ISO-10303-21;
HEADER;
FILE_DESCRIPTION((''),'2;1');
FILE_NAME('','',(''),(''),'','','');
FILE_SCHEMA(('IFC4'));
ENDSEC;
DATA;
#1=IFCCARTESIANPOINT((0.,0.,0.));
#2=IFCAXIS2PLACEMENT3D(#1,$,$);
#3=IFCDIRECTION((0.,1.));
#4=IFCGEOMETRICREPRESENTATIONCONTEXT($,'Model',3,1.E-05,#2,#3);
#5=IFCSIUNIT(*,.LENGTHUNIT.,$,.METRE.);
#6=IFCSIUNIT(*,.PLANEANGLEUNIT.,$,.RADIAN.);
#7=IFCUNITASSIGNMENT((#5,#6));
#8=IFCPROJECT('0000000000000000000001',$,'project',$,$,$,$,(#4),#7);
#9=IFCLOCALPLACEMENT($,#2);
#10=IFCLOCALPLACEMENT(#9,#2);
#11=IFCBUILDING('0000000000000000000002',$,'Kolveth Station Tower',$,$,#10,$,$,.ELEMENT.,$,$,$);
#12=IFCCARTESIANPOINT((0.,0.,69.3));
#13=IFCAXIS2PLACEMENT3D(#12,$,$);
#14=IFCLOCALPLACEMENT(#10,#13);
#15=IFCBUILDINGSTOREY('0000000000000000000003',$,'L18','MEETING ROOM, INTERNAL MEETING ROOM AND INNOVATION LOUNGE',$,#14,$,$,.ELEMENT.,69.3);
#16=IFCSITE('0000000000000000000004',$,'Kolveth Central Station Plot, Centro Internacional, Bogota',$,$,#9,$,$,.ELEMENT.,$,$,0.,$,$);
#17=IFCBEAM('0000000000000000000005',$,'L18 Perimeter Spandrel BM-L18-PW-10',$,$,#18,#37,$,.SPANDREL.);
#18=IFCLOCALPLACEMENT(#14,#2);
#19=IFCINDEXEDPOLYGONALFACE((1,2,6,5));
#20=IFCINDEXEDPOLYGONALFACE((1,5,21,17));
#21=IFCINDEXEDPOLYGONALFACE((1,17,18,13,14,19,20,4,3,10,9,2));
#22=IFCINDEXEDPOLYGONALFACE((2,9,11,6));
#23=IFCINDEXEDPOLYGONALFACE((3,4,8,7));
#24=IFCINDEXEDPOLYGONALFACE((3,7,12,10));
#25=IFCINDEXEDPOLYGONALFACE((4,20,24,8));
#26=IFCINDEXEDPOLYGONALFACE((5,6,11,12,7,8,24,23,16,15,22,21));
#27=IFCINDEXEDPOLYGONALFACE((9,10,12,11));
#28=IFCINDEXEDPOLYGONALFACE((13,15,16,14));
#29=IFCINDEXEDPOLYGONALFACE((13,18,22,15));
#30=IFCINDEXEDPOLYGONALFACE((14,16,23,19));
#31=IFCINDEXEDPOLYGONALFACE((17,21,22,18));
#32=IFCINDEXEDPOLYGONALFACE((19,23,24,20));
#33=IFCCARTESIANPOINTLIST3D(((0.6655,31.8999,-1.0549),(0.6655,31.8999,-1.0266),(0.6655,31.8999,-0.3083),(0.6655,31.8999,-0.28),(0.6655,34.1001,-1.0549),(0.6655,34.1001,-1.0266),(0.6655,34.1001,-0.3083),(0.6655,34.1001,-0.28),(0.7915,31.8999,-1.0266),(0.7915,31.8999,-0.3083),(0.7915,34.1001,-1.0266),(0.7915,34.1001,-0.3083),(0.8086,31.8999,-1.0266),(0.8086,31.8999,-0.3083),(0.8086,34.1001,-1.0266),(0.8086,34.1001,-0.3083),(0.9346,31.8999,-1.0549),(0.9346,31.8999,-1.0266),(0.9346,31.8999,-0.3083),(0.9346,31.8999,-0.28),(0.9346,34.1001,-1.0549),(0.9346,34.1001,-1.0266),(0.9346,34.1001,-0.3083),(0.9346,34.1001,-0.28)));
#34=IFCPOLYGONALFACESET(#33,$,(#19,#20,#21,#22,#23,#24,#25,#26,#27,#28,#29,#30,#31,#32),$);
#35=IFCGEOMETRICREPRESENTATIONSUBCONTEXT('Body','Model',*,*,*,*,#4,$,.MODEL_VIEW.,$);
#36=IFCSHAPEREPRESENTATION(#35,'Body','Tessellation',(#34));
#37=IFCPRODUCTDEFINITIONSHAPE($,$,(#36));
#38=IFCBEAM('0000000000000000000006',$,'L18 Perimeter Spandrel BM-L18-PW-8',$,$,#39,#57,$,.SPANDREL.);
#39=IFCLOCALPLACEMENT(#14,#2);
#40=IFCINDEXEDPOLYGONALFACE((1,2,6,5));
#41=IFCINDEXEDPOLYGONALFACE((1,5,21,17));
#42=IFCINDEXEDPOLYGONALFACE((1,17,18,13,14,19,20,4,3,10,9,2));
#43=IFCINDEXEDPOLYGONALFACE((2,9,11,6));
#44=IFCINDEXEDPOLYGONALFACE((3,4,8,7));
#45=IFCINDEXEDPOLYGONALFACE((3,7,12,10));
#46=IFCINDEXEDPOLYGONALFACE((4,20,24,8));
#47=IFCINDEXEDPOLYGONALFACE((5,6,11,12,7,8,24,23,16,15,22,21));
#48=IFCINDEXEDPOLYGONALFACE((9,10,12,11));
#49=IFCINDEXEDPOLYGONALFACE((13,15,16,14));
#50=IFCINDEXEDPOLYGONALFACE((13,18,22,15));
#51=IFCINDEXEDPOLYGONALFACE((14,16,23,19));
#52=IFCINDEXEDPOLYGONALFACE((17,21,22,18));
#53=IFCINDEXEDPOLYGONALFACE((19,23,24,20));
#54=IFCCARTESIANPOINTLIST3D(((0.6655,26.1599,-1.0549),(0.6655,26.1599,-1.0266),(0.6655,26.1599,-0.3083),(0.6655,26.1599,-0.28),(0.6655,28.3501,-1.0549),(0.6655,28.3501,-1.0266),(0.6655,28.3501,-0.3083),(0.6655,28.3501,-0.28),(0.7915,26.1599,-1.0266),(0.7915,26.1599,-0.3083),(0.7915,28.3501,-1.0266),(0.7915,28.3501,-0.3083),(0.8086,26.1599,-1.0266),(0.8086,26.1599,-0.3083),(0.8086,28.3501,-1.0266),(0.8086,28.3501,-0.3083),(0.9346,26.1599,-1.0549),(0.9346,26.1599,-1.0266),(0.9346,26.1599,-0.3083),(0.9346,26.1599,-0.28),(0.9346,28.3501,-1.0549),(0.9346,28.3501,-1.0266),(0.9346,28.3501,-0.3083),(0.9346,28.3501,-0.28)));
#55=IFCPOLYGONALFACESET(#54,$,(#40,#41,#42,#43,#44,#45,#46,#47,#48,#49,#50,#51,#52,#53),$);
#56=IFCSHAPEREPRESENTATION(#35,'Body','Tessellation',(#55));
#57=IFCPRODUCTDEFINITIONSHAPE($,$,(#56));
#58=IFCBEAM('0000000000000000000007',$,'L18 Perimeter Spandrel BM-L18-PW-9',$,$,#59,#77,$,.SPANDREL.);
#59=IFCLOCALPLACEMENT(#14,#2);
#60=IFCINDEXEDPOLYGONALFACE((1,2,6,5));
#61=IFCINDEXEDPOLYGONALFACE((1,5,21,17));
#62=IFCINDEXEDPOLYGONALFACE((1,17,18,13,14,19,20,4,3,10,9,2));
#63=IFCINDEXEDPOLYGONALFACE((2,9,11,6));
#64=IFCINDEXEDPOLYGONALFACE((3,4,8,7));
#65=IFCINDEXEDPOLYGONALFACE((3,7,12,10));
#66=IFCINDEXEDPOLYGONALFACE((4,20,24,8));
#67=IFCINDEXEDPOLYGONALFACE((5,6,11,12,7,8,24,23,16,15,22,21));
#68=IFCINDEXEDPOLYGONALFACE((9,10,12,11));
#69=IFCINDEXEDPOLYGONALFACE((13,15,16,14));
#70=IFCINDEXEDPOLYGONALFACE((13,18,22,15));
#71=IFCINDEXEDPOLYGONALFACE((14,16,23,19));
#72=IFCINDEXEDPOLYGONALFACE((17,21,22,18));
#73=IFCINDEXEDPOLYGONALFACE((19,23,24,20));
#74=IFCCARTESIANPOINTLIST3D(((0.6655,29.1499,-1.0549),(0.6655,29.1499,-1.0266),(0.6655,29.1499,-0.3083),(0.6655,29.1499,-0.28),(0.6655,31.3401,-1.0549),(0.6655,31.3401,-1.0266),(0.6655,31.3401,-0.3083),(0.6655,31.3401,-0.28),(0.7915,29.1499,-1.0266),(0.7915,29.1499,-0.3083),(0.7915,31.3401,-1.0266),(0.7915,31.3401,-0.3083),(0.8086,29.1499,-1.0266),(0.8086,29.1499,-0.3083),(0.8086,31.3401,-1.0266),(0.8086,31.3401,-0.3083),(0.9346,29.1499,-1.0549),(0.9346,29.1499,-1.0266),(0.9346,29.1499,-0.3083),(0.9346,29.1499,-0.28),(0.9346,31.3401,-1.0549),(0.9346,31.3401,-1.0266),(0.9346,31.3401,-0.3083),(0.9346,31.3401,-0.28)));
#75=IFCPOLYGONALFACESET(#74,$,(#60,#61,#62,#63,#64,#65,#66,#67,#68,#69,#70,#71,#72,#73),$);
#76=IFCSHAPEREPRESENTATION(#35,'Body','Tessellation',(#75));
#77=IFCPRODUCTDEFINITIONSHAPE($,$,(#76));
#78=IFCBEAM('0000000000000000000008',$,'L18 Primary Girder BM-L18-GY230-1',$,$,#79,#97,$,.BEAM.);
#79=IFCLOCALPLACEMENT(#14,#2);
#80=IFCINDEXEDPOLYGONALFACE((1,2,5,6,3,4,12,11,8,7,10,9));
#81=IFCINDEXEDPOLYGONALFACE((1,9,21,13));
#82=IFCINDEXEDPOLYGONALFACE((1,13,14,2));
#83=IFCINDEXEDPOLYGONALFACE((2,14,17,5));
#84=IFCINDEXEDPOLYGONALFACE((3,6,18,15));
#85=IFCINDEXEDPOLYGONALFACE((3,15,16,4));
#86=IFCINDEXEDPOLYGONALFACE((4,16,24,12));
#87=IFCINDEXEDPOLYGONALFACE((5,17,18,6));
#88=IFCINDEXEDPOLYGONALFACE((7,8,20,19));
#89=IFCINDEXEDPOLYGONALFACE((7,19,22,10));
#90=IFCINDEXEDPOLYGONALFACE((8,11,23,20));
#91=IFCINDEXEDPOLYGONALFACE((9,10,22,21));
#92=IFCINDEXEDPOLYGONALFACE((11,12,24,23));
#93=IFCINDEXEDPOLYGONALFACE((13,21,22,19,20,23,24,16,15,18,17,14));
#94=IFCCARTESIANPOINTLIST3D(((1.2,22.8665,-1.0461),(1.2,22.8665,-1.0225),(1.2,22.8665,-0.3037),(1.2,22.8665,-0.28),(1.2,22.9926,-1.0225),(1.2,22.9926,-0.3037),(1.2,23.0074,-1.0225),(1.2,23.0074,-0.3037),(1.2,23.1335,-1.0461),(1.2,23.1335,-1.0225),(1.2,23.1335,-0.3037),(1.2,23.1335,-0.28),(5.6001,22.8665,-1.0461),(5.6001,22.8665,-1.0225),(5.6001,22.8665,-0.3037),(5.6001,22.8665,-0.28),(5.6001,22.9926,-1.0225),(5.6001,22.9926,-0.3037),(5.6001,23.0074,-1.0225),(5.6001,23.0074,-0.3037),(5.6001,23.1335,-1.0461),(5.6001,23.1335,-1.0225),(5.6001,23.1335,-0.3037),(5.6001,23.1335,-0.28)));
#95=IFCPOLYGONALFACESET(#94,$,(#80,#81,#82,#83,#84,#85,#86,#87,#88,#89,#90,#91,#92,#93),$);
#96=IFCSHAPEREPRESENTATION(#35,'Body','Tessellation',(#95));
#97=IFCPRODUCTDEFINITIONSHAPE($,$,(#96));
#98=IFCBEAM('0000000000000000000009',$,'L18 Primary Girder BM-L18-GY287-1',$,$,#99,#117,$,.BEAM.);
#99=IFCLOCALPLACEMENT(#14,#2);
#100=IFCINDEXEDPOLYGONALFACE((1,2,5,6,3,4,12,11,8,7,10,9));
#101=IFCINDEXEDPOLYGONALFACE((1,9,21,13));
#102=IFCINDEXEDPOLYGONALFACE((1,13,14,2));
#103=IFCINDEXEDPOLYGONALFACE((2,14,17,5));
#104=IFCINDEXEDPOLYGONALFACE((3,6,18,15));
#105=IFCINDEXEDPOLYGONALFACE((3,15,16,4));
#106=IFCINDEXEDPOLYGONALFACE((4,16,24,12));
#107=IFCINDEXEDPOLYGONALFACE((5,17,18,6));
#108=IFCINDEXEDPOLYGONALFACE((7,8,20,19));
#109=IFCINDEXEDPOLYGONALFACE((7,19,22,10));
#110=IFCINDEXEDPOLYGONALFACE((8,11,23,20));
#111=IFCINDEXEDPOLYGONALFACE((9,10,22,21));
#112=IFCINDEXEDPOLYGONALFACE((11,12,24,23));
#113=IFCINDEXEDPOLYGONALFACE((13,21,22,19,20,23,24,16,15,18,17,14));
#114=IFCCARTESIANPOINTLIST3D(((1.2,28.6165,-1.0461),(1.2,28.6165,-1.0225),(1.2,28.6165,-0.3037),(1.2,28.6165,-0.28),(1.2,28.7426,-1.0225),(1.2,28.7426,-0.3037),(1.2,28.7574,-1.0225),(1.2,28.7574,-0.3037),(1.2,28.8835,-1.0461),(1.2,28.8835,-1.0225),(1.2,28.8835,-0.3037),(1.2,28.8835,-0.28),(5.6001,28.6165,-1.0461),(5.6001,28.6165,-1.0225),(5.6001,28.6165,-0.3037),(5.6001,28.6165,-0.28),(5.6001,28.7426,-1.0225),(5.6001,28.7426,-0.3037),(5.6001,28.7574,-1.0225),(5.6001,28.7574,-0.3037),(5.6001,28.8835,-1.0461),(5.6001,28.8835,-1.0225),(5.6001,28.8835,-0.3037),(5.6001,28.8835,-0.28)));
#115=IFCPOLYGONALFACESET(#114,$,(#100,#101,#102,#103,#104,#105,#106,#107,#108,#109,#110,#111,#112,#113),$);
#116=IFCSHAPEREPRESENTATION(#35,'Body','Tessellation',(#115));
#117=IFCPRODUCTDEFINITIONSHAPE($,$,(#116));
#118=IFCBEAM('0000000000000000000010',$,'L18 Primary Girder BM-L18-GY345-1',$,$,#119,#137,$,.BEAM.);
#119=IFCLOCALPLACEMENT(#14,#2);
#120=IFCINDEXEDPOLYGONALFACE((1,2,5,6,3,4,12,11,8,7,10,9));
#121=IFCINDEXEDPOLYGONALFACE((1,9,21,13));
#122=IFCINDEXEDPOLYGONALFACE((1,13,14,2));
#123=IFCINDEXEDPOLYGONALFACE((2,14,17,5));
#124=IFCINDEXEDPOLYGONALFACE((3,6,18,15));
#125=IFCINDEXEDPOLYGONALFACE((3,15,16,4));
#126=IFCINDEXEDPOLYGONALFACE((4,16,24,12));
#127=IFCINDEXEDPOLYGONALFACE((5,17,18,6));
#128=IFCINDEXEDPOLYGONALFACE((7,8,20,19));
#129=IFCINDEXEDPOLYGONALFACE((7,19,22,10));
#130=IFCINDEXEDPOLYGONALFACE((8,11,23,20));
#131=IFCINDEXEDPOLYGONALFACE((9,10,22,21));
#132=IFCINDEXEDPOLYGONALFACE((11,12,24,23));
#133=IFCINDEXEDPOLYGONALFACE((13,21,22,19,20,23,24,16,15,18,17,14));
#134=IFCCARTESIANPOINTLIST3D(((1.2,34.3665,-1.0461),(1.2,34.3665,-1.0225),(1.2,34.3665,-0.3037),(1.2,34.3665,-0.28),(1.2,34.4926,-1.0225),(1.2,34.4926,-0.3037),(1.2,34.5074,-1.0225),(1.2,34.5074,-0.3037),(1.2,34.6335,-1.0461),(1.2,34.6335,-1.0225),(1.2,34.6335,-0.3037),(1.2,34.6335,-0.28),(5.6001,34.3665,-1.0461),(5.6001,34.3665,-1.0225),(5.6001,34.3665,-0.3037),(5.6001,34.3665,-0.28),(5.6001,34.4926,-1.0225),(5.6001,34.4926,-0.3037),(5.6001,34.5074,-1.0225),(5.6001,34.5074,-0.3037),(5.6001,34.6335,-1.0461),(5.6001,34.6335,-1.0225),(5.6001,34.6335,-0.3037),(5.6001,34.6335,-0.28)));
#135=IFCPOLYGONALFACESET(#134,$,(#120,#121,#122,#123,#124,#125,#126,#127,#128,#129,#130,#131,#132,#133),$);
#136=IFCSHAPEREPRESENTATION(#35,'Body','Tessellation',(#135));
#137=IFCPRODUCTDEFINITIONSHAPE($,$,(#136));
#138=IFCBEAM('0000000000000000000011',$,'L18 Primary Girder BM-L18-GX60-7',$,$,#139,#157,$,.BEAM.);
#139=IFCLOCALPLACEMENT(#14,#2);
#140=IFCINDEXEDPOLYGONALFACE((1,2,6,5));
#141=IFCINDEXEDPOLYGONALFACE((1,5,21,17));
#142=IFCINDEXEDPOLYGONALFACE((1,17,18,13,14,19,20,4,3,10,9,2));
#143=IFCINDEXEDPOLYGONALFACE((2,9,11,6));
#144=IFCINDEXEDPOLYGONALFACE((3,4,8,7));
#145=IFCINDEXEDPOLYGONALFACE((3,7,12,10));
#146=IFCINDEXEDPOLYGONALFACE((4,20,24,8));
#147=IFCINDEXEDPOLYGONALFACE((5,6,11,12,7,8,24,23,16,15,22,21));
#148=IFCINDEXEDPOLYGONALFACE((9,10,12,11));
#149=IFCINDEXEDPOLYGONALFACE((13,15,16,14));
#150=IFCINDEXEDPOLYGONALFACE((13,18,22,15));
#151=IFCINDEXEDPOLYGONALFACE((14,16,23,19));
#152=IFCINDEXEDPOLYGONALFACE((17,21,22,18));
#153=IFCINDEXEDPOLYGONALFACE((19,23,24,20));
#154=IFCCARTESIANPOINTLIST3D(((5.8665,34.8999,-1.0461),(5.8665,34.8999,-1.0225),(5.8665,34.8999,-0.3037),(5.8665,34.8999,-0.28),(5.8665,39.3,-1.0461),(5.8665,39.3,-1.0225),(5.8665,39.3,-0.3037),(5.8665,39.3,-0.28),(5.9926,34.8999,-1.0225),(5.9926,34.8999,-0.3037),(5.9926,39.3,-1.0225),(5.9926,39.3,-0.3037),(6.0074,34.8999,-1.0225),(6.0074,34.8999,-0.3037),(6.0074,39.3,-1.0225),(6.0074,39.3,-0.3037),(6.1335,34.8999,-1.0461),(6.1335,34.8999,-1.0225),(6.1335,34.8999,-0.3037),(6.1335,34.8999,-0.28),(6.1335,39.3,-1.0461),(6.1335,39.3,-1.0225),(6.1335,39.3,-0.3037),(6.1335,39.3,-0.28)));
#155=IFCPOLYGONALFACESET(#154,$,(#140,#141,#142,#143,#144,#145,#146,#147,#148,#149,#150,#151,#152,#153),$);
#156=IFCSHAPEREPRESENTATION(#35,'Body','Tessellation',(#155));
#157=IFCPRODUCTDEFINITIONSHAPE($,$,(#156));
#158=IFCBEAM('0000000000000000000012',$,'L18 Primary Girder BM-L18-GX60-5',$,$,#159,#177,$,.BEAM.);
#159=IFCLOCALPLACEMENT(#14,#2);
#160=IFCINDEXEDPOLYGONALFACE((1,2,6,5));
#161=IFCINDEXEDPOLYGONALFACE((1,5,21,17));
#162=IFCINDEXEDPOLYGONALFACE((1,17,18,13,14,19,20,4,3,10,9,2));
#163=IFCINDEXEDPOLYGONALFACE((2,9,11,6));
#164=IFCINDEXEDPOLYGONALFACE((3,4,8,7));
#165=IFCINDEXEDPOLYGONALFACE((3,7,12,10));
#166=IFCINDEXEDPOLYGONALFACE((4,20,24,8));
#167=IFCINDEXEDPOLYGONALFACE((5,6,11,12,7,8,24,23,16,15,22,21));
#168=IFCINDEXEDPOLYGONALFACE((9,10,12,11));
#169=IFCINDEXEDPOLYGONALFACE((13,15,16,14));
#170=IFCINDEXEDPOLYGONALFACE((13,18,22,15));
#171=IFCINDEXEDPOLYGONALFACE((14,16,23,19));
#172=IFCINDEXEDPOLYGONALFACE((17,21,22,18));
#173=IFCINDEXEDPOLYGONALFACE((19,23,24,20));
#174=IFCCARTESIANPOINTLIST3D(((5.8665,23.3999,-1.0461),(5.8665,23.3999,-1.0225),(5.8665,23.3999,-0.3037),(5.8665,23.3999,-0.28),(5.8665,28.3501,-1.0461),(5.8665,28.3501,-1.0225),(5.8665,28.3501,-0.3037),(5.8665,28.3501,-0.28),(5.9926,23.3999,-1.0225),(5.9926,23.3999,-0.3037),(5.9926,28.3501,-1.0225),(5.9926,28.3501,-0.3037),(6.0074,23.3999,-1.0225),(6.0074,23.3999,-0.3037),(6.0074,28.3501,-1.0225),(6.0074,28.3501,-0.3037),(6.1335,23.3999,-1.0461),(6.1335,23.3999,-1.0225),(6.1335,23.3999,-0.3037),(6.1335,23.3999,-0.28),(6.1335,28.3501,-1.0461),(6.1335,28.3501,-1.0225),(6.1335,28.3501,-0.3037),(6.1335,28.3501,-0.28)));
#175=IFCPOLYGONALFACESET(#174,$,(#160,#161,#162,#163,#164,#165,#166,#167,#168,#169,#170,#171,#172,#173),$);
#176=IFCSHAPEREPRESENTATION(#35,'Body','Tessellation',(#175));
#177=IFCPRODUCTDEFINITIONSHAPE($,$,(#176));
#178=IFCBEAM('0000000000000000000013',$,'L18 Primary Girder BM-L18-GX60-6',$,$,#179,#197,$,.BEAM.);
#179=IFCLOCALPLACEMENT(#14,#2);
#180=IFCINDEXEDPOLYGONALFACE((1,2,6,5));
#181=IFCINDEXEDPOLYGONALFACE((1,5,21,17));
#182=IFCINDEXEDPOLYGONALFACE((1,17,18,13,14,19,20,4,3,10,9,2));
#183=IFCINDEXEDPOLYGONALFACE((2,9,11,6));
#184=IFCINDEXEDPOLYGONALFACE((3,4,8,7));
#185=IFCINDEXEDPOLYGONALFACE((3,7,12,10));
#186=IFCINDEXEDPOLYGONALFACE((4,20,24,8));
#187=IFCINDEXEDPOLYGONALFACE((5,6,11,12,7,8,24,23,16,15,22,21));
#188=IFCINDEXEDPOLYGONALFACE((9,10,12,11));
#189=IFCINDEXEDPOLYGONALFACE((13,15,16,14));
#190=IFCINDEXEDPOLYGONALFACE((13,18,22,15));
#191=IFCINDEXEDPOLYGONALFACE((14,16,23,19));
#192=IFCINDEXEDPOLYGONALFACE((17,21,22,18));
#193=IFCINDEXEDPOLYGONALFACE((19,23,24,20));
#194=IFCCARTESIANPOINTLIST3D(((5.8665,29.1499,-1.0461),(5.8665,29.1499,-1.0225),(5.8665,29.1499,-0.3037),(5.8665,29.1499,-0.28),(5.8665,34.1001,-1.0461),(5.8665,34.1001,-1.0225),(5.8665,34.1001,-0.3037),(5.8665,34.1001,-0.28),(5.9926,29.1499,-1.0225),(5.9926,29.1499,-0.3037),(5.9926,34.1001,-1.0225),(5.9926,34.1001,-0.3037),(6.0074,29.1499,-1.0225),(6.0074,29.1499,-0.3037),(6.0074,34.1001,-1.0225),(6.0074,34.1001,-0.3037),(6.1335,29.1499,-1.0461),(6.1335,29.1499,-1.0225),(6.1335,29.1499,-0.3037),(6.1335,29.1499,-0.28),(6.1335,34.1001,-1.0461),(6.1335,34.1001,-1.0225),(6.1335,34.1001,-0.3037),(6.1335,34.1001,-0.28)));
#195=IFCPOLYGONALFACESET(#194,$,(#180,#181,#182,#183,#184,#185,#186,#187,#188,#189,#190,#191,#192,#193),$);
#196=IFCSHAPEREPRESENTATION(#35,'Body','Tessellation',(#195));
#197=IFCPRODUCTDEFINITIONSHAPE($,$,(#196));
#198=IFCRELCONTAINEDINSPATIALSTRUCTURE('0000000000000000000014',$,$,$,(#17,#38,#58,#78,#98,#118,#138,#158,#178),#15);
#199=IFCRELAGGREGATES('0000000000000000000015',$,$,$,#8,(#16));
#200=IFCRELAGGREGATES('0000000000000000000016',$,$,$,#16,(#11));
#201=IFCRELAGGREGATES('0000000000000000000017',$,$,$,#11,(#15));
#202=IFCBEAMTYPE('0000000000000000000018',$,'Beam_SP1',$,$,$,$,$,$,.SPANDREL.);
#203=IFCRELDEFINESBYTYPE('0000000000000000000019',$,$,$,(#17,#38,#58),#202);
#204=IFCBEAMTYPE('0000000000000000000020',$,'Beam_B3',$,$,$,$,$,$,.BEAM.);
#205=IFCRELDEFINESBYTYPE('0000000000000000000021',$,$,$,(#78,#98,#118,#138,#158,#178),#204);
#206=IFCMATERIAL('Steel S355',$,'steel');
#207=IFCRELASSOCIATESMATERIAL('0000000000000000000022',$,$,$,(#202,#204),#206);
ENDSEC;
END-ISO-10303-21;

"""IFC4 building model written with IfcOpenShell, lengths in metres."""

from ifc_helpers import new_model, si_unit, direction, frame, origin, origin_2d, place, context, subcontext, project, spatial, i_section, extrude, source, transform, mapped, material, material_profile, profile_set, type_object, element, save


model = new_model("IFC4")

# Units and contexts
model_context = context("Model", 3, precision=1e-05, world=origin(), true_north=direction((0.0, 1.0)))
body_context = subcontext(model_context, "Body", "Model", "MODEL_VIEW")
ifc_project = project(units=[si_unit("LENGTHUNIT", "METRE"), si_unit("PLANEANGLEUNIT", "RADIAN")], contexts=[model_context])

# Site, building, storey
site_placement = place(None, origin())
site = spatial("IfcSite", under=ifc_project, at=site_placement, Name="Kolveth Central Station Plot, Centro Internacional, Bogota", CompositionType="ELEMENT", RefElevation=0.0)
building_placement = place(site_placement, origin())
building = spatial("IfcBuilding", under=site, at=building_placement, Name="Kolveth Station Tower", CompositionType="ELEMENT")
storey_placement = place(building_placement, frame((0.0, 0.0, 69.3)))
storey = spatial("IfcBuildingStorey", under=building, at=storey_placement, Name="L18", Description="MEETING ROOM, INTERNAL MEETING ROOM AND INNOVATION LOUNGE", CompositionType="ELEMENT", Elevation=69.3)

# Shared definitions
ifc_material_1 = material(Name="Steel S355", Category="steel")

# Beams
ifc_material_profile_1 = material_profile(ifc_material_1, i_section(OverallWidth=0.269, OverallDepth=0.7749, WebThickness=0.0171, FlangeThickness=0.0283, at=origin_2d()), Name="W760x220")
ifc_profile_set_1 = profile_set([ifc_material_profile_1], Name="Steel S355")
beam_type_1 = type_object("IfcBeamType", Name="Beam_SP1", PredefinedType="SPANDREL", material=ifc_profile_set_1)
shared_shape_1 = source(origin(), body_context, "Body", "SweptSolid", [
    extrude(i_section(OverallWidth=0.269, OverallDepth=0.7749, WebThickness=0.0171, FlangeThickness=0.0283, at=origin_2d()), origin(), (0.0, 0.0, 1.0), 2.2002),
])
for number, where, z_axis, x_axis, name in (
    (1, (0.8, 31.8999, -0.6675), (0.0, 1.0, 0.0), (-1.0, 0.0, 0.0), "L18 Perimeter Spandrel BM-L18-PW-10"),
):
    element("IfcBeam", number, at=place(storey_placement, frame(where, z_axis=z_axis, x_axis=x_axis)), inside=storey, type_object=beam_type_1, Name=name, PredefinedType="SPANDREL", context=body_context, shape_type="MappedRepresentation", body=[
        mapped(shared_shape_1, transform((0.0, 0.0, 0.0), x_axis=(1.0, 0.0, 0.0), y_axis=(0.0, 1.0, 0.0), z_axis=(0.0, 0.0, 1.0), scale=1.0)),
    ])
shared_shape_2 = source(origin(), body_context, "Body", "SweptSolid", [
    extrude(i_section(OverallWidth=0.269, OverallDepth=0.7749, WebThickness=0.0171, FlangeThickness=0.0283, at=origin_2d()), origin(), (0.0, 0.0, 1.0), 2.1902),
])
for number, where, z_axis, x_axis, name in (
    (2, (0.8, 26.1599, -0.6675), (0.0, 1.0, 0.0), (-1.0, 0.0, 0.0), "L18 Perimeter Spandrel BM-L18-PW-8"),
    (3, (0.8, 29.1499, -0.6675), (0.0, 1.0, 0.0), (-1.0, 0.0, 0.0), "L18 Perimeter Spandrel BM-L18-PW-9"),
):
    element("IfcBeam", number, at=place(storey_placement, frame(where, z_axis=z_axis, x_axis=x_axis)), inside=storey, type_object=beam_type_1, Name=name, PredefinedType="SPANDREL", context=body_context, shape_type="MappedRepresentation", body=[
        mapped(shared_shape_2, transform((0.0, 0.0, 0.0), x_axis=(1.0, 0.0, 0.0), y_axis=(0.0, 1.0, 0.0), z_axis=(0.0, 0.0, 1.0), scale=1.0)),
    ])
ifc_material_profile_2 = material_profile(ifc_material_1, i_section(OverallWidth=0.2671, OverallDepth=0.7661, WebThickness=0.0149, FlangeThickness=0.0237, at=origin_2d()), Name="W760x185")
ifc_profile_set_2 = profile_set([ifc_material_profile_2], Name="Steel S355")
beam_type_2 = type_object("IfcBeamType", Name="Beam_B3", PredefinedType="BEAM", material=ifc_profile_set_2)
shared_shape_3 = source(origin(), body_context, "Body", "SweptSolid", [
    extrude(i_section(OverallWidth=0.2671, OverallDepth=0.7661, WebThickness=0.0149, FlangeThickness=0.0237, at=origin_2d()), origin(), (0.0, 0.0, 1.0), 4.4001),
])
for number, where, z_axis, x_axis, name in (
    (4, (1.2, 23.0, -0.6631), (1.0, 0.0, 0.0), (0.0, 1.0, 0.0), "L18 Primary Girder BM-L18-GY230-1"),
    (5, (1.2, 28.75, -0.6631), (1.0, 0.0, 0.0), (0.0, 1.0, 0.0), "L18 Primary Girder BM-L18-GY287-1"),
    (6, (1.2, 34.5, -0.6631), (1.0, 0.0, 0.0), (0.0, 1.0, 0.0), "L18 Primary Girder BM-L18-GY345-1"),
    (7, (6.0, 34.8999, -0.6631), (0.0, 1.0, 0.0), (-1.0, 0.0, 0.0), "L18 Primary Girder BM-L18-GX60-7"),
):
    element("IfcBeam", number, at=place(storey_placement, frame(where, z_axis=z_axis, x_axis=x_axis)), inside=storey, type_object=beam_type_2, Name=name, PredefinedType="BEAM", context=body_context, shape_type="MappedRepresentation", body=[
        mapped(shared_shape_3, transform((0.0, 0.0, 0.0), x_axis=(1.0, 0.0, 0.0), y_axis=(0.0, 1.0, 0.0), z_axis=(0.0, 0.0, 1.0), scale=1.0)),
    ])
shared_shape_4 = source(origin(), body_context, "Body", "SweptSolid", [
    extrude(i_section(OverallWidth=0.2671, OverallDepth=0.7661, WebThickness=0.0149, FlangeThickness=0.0237, at=origin_2d()), origin(), (0.0, 0.0, 1.0), 4.9502),
])
for number, where, z_axis, x_axis, name in (
    (8, (6.0, 23.3999, -0.6631), (0.0, 1.0, 0.0), (-1.0, 0.0, 0.0), "L18 Primary Girder BM-L18-GX60-5"),
    (9, (6.0, 29.1499, -0.6631), (0.0, 1.0, 0.0), (-1.0, 0.0, 0.0), "L18 Primary Girder BM-L18-GX60-6"),
):
    element("IfcBeam", number, at=place(storey_placement, frame(where, z_axis=z_axis, x_axis=x_axis)), inside=storey, type_object=beam_type_2, Name=name, PredefinedType="BEAM", context=body_context, shape_type="MappedRepresentation", body=[
        mapped(shared_shape_4, transform((0.0, 0.0, 0.0), x_axis=(1.0, 0.0, 0.0), y_axis=(0.0, 1.0, 0.0), z_axis=(0.0, 0.0, 1.0), scale=1.0)),
    ])

save(model, "model.ifc")
